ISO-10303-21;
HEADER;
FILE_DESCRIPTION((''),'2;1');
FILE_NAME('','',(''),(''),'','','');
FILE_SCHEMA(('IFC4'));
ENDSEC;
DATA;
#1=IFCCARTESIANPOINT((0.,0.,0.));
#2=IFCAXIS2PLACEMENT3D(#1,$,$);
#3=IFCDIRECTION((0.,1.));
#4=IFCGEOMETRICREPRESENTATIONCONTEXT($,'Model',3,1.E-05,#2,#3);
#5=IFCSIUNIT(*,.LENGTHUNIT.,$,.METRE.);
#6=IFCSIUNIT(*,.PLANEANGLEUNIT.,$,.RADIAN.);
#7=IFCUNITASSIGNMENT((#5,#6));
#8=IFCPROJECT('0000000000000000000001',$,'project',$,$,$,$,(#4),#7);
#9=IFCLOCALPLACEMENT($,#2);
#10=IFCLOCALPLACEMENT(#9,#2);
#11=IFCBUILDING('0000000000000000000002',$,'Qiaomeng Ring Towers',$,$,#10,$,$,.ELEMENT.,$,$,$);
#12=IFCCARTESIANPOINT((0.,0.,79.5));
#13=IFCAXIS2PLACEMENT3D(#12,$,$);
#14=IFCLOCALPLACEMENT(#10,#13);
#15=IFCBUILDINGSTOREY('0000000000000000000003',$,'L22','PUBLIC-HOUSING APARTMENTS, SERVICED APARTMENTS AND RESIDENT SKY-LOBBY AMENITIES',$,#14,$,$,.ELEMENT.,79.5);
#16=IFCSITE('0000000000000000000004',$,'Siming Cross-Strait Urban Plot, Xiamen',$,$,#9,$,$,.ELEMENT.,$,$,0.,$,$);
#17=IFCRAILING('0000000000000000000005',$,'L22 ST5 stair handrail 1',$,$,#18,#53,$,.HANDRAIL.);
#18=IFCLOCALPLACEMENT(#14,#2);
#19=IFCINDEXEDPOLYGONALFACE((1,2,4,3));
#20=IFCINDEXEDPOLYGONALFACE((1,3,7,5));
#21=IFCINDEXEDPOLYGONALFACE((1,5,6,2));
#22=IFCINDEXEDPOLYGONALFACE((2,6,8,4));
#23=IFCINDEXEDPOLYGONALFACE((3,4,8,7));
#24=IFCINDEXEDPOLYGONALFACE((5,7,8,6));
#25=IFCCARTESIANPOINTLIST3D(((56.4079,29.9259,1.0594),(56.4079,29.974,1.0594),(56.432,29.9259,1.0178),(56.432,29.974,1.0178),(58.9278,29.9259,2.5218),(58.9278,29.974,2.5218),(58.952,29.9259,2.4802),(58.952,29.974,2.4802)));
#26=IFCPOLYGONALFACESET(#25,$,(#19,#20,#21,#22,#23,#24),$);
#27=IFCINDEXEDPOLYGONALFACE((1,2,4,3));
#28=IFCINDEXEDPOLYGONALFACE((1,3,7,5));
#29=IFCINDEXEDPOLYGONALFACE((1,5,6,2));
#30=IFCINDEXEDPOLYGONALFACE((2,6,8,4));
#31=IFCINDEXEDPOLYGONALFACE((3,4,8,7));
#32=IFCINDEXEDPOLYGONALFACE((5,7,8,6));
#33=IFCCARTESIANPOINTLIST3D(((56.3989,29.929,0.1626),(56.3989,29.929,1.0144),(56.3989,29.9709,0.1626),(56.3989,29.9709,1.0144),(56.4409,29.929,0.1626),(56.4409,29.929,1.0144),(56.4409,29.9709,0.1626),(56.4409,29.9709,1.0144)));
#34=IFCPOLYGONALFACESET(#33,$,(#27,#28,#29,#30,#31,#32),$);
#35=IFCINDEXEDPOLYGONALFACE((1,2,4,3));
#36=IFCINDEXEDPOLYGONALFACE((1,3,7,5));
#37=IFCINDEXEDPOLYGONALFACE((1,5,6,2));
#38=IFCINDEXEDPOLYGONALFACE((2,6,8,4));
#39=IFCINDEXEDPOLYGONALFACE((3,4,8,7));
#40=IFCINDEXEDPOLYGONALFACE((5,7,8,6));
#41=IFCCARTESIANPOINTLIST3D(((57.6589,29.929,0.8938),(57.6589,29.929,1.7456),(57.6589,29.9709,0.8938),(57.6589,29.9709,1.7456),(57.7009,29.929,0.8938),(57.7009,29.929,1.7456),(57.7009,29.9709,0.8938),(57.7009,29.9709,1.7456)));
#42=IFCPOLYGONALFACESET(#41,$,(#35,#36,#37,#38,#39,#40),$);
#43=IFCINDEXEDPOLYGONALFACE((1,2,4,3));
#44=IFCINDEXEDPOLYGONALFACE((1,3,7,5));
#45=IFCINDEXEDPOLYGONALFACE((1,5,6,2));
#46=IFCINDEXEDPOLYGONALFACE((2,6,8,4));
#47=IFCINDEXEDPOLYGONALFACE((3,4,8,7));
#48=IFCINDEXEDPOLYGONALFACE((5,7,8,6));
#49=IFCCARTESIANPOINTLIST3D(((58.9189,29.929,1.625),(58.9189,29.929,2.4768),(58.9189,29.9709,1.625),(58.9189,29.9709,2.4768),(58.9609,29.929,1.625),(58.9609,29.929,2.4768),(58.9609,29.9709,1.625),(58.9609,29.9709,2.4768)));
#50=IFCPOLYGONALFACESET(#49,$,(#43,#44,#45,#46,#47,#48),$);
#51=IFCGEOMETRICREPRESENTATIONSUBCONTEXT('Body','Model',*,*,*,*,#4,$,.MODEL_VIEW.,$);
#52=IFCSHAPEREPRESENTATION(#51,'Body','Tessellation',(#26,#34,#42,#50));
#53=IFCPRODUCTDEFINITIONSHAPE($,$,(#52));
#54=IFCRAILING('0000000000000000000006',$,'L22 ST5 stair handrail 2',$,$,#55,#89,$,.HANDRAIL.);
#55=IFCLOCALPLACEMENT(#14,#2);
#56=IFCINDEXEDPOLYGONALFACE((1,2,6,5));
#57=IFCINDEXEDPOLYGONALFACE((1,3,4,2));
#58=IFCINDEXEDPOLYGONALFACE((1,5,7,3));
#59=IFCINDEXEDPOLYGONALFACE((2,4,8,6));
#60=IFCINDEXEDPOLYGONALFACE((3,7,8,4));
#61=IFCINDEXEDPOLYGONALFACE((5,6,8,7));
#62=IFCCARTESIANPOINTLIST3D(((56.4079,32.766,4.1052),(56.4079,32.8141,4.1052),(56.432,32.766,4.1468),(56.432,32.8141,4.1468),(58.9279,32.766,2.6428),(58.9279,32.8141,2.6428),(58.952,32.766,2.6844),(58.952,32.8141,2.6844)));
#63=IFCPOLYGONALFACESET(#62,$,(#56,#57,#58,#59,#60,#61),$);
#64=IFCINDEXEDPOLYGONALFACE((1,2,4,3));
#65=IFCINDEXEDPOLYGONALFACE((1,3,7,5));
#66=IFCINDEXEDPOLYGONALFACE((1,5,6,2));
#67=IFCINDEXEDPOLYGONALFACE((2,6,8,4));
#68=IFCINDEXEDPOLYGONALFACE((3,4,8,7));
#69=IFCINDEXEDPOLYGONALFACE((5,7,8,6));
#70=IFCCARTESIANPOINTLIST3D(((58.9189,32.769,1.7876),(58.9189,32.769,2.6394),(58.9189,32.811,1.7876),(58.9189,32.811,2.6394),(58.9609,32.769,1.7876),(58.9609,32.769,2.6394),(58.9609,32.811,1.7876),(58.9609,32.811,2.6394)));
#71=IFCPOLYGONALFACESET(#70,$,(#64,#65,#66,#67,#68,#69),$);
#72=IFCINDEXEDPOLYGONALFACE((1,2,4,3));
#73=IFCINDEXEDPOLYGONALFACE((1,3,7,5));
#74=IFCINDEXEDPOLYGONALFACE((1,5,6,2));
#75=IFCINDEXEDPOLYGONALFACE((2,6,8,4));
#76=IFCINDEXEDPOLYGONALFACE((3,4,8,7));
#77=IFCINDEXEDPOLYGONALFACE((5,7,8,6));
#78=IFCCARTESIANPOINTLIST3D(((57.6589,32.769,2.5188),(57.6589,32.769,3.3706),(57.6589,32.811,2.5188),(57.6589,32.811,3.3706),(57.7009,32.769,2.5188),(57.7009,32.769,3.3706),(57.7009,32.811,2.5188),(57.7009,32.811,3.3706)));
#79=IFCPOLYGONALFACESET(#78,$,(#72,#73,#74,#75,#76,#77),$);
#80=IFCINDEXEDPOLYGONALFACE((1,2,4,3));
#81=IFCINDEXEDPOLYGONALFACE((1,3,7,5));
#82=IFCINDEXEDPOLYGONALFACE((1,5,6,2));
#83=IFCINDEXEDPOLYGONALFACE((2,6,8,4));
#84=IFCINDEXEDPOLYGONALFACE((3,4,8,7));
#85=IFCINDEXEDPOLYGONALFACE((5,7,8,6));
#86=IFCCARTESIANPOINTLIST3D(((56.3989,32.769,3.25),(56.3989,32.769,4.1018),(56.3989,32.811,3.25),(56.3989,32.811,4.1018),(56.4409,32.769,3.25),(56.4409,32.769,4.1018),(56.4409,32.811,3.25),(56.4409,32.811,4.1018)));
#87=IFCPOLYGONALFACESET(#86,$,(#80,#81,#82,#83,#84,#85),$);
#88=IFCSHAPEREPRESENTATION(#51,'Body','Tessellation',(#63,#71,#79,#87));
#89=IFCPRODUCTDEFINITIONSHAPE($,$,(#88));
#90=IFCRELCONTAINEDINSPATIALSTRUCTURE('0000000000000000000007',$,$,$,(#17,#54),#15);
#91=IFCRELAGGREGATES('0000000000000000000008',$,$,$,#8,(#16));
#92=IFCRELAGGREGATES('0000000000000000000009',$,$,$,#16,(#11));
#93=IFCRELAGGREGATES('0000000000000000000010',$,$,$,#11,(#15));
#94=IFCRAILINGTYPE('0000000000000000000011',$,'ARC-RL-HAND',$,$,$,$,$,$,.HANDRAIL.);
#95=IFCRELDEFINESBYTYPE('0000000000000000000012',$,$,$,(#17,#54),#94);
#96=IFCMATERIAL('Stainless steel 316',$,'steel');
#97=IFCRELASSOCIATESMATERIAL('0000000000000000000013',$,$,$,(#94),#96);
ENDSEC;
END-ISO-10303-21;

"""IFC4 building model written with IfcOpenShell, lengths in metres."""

from ifc_helpers import new_model, si_unit, direction, frame, origin, origin_2d, place, context, subcontext, project, spatial, rectangle, extrude, material, type_object, element, save


model = new_model("IFC4")

# Units and contexts
model_context = context("Model", 3, precision=1e-05, world=origin(), true_north=direction((0.0, 1.0)))
body_context = subcontext(model_context, "Body", "Model", "MODEL_VIEW")
ifc_project = project(units=[si_unit("LENGTHUNIT", "METRE"), si_unit("PLANEANGLEUNIT", "RADIAN")], contexts=[model_context])

# Site, building, storey
site_placement = place(None, origin())
site = spatial("IfcSite", under=ifc_project, at=site_placement, Name="Siming Cross-Strait Urban Plot, Xiamen", CompositionType="ELEMENT", RefElevation=0.0)
building_placement = place(site_placement, origin())
building = spatial("IfcBuilding", under=site, at=building_placement, Name="Qiaomeng Ring Towers", CompositionType="ELEMENT")
storey_placement = place(building_placement, frame((0.0, 0.0, 79.5)))
storey = spatial("IfcBuildingStorey", under=building, at=storey_placement, Name="L22", Description="PUBLIC-HOUSING APARTMENTS, SERVICED APARTMENTS AND RESIDENT SKY-LOBBY AMENITIES", CompositionType="ELEMENT", Elevation=79.5)

# Railings
ifc_material_1 = material(Name="Stainless steel 316", Category="steel")
railing_type_1 = type_object("IfcRailingType", Name="ARC-RL-HAND", PredefinedType="HANDRAIL", material=ifc_material_1)
railing_1_placement = place(storey_placement, frame((56.4199, 29.95, 0.1626)))
element("IfcRailing", 1, at=railing_1_placement, inside=storey, type_object=railing_type_1, Name="L22 ST5 stair handrail 1", PredefinedType="HANDRAIL", context=body_context, shape_type="SweptSolid", body=[
    extrude(rectangle(XDim=0.0481, YDim=0.0481, at=origin_2d()), frame((0.0, 0.0, 0.876), z_axis=(0.864913, 0.0, 0.501921), x_axis=(0.0, 1.0, 0.0)), (0.0, 0.0, 1.0), 2.9136),
    extrude(rectangle(XDim=0.042, YDim=0.042, at=origin_2d()), origin(), (0.0, 0.0, 1.0), 0.8518),
    extrude(rectangle(XDim=0.042, YDim=0.042, at=origin_2d()), frame((1.26, 0.0, 0.7312)), (0.0, 0.0, 1.0), 0.8518),
    extrude(rectangle(XDim=0.042, YDim=0.042, at=origin_2d()), frame((2.52, 0.0, 1.4624)), (0.0, 0.0, 1.0), 0.8518),
])
railing_2_placement = place(storey_placement, frame((58.9399, 32.79, 1.7876)))
element("IfcRailing", 2, at=railing_2_placement, inside=storey, type_object=railing_type_1, Name="L22 ST5 stair handrail 2", PredefinedType="HANDRAIL", context=body_context, shape_type="SweptSolid", body=[
    extrude(rectangle(XDim=0.0481, YDim=0.0481, at=origin_2d()), frame((0.0, 0.0, 0.876), z_axis=(-0.864913, 0.0, 0.501921), x_axis=(0.0, -1.0, 0.0)), (0.0, 0.0, 1.0), 2.9136),
    extrude(rectangle(XDim=0.042, YDim=0.042, at=origin_2d()), origin(), (0.0, 0.0, 1.0), 0.8518),
    extrude(rectangle(XDim=0.042, YDim=0.042, at=origin_2d()), frame((-1.26, 0.0, 0.7312)), (0.0, 0.0, 1.0), 0.8518),
    extrude(rectangle(XDim=0.042, YDim=0.042, at=origin_2d()), frame((-2.52, 0.0, 1.4624)), (0.0, 0.0, 1.0), 0.8518),
])

save(model, "model.ifc")
